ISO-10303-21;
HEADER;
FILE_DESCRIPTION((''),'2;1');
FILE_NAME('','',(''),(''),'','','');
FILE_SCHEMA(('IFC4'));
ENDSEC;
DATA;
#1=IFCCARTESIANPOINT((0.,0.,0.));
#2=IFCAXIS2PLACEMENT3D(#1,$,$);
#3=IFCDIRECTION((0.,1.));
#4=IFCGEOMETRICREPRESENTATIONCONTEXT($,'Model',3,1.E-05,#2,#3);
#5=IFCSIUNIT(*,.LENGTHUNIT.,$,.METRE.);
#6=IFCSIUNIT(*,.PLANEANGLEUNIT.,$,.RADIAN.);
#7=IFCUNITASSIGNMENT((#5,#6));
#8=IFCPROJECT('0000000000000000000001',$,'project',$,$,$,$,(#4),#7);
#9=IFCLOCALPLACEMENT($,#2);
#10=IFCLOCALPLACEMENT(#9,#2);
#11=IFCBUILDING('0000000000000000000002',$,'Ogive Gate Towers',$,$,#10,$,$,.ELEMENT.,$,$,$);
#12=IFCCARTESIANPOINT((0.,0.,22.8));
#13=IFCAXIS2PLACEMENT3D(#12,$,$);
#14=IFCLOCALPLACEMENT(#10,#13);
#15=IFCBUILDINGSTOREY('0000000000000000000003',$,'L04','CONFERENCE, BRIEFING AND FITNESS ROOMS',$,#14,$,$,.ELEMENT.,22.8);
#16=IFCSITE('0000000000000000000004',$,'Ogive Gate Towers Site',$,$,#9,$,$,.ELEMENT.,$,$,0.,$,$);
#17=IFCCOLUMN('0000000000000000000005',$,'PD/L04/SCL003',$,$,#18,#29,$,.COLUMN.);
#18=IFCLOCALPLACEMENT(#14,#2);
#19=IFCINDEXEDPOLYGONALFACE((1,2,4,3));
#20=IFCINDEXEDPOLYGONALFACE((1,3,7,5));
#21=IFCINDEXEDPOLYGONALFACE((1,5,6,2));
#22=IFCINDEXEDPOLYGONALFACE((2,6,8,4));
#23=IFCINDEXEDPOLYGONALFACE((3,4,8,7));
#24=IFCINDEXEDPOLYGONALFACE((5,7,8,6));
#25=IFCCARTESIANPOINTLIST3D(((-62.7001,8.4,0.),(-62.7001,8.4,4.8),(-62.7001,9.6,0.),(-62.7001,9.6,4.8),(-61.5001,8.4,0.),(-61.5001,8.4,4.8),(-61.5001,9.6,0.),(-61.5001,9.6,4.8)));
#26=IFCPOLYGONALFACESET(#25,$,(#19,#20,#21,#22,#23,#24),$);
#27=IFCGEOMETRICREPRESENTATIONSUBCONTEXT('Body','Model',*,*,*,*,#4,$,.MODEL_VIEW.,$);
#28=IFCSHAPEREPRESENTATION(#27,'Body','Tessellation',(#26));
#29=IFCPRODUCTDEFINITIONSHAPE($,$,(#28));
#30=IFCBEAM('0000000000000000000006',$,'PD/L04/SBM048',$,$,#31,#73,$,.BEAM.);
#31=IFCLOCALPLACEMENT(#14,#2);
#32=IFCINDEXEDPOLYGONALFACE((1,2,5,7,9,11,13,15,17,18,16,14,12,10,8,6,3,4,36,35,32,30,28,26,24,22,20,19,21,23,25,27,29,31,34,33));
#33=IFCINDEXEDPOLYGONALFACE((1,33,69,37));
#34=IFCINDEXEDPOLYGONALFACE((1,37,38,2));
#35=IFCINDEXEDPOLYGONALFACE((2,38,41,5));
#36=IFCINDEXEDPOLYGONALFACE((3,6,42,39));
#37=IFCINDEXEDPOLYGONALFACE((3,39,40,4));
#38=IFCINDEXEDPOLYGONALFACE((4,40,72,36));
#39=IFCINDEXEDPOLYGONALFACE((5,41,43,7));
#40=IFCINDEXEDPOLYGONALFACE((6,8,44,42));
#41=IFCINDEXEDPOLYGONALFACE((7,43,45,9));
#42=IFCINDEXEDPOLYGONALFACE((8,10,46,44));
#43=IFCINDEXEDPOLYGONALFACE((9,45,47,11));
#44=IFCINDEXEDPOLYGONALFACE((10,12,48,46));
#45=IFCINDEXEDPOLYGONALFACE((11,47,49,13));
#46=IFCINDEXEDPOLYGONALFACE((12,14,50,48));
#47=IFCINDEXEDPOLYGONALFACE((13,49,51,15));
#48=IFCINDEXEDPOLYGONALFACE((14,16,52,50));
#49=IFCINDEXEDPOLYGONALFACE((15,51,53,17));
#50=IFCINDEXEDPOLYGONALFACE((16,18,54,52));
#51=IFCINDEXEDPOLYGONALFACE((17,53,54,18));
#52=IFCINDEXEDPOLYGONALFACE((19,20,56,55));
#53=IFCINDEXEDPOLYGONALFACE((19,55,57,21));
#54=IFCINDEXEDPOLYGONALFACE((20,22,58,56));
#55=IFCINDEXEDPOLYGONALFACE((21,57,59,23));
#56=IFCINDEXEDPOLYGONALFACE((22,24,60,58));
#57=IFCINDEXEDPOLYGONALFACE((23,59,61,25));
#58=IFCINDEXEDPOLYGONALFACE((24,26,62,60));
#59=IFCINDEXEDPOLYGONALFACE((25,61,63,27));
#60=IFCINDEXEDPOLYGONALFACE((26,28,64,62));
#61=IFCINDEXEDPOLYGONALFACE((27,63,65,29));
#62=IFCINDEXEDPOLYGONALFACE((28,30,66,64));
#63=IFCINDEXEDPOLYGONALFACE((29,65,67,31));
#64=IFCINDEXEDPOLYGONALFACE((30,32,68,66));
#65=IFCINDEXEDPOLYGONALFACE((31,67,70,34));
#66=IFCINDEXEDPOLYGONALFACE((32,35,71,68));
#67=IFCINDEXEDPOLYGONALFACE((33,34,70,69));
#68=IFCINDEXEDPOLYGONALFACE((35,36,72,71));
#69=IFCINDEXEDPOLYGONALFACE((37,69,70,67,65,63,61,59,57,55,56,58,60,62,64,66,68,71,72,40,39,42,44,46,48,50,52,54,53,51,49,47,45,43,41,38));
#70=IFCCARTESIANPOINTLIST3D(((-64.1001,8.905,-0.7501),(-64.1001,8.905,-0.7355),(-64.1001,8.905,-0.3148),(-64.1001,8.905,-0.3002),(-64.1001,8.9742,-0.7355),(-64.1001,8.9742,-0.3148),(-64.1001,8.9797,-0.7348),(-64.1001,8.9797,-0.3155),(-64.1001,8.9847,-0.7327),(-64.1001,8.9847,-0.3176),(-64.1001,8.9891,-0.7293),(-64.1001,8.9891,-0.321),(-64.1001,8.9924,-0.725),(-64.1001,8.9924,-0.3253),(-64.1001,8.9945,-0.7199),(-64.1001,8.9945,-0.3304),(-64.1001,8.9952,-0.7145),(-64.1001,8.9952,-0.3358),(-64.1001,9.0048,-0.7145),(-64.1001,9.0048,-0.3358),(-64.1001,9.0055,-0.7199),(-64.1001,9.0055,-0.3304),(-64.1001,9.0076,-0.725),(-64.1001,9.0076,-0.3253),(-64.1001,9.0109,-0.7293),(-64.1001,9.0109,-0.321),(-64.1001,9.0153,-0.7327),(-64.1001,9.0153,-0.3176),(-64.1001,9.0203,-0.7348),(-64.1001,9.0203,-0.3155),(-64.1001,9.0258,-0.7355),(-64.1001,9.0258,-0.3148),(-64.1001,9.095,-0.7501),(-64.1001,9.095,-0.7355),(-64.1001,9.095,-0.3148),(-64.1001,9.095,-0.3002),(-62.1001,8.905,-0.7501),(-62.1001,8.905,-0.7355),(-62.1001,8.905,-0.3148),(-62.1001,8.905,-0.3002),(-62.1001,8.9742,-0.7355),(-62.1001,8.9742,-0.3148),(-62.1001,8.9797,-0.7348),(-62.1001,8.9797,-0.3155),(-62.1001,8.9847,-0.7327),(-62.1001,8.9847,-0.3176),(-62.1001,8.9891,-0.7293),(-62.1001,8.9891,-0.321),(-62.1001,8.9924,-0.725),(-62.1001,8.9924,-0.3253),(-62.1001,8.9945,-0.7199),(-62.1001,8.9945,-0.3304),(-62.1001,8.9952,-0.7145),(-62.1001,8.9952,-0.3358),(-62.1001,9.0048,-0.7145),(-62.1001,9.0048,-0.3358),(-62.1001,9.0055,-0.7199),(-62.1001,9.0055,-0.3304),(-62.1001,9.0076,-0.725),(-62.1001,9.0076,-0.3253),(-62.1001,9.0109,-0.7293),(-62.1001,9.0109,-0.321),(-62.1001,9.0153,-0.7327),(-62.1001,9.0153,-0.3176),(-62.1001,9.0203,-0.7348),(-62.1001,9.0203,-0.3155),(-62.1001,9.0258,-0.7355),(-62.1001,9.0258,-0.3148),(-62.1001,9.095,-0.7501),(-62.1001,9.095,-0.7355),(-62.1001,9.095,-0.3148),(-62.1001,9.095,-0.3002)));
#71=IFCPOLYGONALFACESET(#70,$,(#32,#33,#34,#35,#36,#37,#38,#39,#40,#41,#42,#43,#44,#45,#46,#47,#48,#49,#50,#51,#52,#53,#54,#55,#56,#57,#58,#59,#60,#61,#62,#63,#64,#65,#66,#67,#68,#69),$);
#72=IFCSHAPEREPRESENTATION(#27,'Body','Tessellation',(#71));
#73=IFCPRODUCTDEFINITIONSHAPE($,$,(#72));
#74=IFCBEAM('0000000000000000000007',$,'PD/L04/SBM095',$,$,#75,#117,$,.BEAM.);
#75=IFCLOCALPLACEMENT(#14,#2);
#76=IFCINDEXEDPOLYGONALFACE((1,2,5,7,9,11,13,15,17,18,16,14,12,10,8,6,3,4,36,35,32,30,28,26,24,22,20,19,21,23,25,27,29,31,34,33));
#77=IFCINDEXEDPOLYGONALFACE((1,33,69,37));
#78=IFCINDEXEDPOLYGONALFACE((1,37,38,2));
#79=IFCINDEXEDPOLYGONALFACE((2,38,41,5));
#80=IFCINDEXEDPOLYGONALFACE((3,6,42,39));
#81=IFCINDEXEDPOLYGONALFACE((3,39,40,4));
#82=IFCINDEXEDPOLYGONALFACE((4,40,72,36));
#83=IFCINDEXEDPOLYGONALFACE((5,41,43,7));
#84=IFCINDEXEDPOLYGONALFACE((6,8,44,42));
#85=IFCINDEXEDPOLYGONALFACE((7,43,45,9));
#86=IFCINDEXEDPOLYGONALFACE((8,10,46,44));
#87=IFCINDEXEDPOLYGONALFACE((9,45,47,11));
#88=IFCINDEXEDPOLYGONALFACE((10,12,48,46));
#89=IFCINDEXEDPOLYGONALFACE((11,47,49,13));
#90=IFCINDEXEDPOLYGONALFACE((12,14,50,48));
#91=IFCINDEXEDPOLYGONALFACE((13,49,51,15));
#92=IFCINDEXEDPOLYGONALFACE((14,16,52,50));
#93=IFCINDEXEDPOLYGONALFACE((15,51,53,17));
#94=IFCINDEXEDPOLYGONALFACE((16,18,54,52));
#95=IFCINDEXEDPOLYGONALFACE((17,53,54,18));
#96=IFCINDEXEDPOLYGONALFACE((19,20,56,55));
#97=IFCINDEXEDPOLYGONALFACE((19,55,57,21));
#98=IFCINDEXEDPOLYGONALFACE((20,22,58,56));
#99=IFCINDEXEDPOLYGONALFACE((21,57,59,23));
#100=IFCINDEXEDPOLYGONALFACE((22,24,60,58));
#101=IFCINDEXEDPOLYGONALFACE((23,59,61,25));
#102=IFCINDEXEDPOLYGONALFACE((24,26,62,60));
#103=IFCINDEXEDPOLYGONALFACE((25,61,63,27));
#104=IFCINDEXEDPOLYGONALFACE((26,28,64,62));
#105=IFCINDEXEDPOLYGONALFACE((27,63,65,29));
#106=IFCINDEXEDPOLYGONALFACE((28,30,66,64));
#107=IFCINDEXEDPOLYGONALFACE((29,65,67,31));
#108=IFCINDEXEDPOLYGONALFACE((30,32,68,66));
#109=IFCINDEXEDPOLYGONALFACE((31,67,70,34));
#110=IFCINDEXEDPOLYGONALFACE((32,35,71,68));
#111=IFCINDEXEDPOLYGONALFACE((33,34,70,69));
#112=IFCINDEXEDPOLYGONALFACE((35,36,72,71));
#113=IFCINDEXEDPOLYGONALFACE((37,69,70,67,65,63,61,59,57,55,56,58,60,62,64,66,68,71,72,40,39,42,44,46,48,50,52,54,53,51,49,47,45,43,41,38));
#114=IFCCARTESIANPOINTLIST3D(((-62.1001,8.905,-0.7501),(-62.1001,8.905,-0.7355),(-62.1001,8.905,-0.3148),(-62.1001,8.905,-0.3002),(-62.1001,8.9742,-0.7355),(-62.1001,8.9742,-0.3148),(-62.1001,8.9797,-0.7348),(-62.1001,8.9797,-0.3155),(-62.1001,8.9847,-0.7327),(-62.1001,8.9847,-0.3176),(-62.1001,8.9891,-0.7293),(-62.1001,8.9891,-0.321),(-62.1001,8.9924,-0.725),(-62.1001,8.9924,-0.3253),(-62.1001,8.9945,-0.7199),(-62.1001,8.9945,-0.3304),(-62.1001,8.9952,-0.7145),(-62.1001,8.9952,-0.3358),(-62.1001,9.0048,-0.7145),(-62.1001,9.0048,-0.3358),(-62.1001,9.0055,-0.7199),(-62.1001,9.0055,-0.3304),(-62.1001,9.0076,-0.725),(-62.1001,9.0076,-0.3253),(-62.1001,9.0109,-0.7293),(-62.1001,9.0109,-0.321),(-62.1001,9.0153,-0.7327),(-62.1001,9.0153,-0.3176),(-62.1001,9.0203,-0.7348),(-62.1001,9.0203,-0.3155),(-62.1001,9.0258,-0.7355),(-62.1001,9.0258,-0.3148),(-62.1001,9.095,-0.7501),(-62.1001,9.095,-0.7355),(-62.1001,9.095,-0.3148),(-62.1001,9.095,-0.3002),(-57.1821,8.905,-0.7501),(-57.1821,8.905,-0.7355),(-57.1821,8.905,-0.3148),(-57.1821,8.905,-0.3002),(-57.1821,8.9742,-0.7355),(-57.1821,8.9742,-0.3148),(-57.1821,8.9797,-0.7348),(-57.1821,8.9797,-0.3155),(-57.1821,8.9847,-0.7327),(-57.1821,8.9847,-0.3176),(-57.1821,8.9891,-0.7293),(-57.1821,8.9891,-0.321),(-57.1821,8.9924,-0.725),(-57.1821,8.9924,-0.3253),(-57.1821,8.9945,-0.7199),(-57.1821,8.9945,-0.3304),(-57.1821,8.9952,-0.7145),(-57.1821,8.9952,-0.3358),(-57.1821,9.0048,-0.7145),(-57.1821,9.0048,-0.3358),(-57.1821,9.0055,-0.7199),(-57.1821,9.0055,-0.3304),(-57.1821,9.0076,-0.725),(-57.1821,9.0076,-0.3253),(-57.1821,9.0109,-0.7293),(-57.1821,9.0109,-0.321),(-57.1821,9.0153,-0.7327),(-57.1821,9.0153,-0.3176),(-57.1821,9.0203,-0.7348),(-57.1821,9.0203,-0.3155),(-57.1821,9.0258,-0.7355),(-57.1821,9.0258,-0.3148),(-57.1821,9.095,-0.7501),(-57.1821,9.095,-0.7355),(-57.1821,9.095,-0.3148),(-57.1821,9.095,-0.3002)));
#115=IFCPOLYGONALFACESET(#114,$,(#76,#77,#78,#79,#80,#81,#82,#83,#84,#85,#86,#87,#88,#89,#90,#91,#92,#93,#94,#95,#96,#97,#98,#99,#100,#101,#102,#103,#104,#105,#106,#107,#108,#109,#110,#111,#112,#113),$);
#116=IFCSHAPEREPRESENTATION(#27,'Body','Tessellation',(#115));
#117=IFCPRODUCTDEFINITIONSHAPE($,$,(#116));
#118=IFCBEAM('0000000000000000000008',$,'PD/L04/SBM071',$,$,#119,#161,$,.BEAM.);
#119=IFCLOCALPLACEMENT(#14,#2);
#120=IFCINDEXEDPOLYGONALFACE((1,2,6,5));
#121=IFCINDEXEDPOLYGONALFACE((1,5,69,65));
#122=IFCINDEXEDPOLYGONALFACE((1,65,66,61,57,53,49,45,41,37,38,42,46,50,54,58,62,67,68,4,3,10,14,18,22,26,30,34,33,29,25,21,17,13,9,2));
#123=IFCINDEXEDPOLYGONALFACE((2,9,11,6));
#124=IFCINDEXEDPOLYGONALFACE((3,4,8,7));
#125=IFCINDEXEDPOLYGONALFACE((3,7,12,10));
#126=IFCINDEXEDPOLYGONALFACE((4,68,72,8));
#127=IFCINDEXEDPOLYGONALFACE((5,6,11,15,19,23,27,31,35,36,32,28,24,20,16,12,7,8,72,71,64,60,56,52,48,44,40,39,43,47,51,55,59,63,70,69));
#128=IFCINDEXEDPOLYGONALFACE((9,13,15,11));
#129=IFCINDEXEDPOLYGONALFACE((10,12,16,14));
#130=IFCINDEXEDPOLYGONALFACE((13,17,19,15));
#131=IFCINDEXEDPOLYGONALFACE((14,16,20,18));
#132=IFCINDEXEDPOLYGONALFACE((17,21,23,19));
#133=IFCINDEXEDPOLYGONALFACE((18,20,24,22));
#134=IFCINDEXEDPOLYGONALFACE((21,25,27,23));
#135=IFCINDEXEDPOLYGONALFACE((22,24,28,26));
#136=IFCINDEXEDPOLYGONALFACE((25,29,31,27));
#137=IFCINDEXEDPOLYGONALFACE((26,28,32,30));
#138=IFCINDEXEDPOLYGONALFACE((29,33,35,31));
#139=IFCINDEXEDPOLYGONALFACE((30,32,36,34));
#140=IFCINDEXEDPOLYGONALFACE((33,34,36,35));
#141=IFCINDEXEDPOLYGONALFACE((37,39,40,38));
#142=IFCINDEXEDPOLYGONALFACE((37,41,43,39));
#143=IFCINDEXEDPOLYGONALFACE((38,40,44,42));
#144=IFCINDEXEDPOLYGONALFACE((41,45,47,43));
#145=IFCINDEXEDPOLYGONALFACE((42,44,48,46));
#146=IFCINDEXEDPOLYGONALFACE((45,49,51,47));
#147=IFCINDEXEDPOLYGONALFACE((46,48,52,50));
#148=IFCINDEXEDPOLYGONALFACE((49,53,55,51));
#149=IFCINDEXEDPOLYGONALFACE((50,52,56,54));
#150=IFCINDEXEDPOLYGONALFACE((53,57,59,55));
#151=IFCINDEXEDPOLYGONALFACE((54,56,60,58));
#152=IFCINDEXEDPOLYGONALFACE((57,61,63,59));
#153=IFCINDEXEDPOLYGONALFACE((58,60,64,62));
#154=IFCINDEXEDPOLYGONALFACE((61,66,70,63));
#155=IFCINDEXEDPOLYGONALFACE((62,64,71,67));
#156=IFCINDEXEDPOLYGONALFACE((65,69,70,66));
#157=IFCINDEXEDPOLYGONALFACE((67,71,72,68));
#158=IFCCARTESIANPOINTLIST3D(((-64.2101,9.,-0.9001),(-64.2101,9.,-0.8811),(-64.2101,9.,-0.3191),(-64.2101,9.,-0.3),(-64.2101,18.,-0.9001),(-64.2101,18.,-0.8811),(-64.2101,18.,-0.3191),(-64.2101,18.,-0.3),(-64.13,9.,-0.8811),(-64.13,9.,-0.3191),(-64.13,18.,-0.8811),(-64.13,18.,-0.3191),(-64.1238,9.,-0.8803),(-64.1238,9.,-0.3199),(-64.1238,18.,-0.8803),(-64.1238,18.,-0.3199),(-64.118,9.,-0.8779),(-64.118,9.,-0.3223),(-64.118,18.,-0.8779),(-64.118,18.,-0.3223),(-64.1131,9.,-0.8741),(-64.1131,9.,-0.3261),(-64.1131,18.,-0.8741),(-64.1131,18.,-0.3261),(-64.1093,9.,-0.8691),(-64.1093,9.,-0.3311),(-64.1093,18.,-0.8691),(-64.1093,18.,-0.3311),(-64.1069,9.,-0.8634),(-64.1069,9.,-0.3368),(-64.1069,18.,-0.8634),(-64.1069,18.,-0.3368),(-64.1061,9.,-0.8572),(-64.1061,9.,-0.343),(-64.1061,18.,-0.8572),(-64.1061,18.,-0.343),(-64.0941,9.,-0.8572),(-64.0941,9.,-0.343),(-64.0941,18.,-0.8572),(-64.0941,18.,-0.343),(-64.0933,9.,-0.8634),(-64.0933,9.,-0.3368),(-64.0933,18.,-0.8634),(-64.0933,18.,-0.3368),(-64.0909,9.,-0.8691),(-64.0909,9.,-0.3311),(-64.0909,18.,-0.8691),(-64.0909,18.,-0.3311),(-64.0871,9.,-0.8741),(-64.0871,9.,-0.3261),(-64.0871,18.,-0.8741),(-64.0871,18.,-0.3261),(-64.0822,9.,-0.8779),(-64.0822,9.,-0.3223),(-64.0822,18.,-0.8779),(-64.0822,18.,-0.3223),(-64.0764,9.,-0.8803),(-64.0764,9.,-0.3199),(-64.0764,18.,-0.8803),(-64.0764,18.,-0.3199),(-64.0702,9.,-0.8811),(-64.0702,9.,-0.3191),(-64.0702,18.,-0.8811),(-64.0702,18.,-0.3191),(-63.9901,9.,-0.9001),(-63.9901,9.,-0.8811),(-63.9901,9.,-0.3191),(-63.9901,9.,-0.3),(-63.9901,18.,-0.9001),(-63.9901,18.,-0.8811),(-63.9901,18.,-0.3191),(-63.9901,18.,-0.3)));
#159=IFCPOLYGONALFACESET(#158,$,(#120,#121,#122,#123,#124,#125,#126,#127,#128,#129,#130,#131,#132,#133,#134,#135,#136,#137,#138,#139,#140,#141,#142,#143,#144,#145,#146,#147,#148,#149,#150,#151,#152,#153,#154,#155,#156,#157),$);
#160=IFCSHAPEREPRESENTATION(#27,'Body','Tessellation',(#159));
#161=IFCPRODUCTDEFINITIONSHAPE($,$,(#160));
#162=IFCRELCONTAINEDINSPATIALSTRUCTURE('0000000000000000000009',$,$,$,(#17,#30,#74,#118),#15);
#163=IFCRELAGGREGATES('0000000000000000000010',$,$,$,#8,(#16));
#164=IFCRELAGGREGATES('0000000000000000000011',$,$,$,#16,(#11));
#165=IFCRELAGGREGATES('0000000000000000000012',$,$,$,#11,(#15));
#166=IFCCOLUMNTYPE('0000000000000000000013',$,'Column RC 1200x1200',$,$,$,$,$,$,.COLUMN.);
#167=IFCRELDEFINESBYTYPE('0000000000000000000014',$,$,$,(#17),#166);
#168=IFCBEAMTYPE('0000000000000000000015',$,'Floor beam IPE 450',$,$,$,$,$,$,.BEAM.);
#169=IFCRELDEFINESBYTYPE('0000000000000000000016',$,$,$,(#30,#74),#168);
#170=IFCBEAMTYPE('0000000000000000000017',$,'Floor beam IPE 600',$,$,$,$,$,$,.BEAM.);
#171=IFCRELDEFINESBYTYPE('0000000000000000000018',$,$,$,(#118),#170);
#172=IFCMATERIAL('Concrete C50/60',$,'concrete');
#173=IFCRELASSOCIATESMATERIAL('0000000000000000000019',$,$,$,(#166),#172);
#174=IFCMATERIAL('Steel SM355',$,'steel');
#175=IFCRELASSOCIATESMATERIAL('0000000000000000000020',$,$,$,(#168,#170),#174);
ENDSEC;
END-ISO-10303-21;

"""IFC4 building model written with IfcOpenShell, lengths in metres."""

from ifc_helpers import new_model, si_unit, direction, frame, origin, origin_2d, place, context, subcontext, project, spatial, rectangle, i_section, extrude, material, material_profile, profile_set, type_object, element, save


model = new_model("IFC4")

# Units and contexts
model_context = context("Model", 3, precision=1e-05, world=origin(), true_north=direction((0.0, 1.0)))
body_context = subcontext(model_context, "Body", "Model", "MODEL_VIEW")
ifc_project = project(units=[si_unit("LENGTHUNIT", "METRE"), si_unit("PLANEANGLEUNIT", "RADIAN")], contexts=[model_context])

# Site, building, storey
site_placement = place(None, origin())
site = spatial("IfcSite", under=ifc_project, at=site_placement, Name="Ogive Gate Towers Site", CompositionType="ELEMENT", RefElevation=0.0)
building_placement = place(site_placement, origin())
building = spatial("IfcBuilding", under=site, at=building_placement, Name="Ogive Gate Towers", CompositionType="ELEMENT")
storey_placement = place(building_placement, frame((0.0, 0.0, 22.8)))
storey = spatial("IfcBuildingStorey", under=building, at=storey_placement, Name="L04", Description="CONFERENCE, BRIEFING AND FITNESS ROOMS", CompositionType="ELEMENT", Elevation=22.8)

# Column
ifc_material_1 = material(Name="Concrete C50/60", Category="concrete")
ifc_material_profile_1 = material_profile(ifc_material_1, rectangle(XDim=1.2, YDim=1.2, at=origin_2d()), Name="RC 1200x1200")
ifc_profile_set_1 = profile_set([ifc_material_profile_1], Name="Concrete C50/60")
column_type = type_object("IfcColumnType", Name="Column RC 1200x1200", PredefinedType="COLUMN", material=ifc_profile_set_1)
column_placement = place(storey_placement, frame((-62.1001, 9.0, 0.0), z_axis=(0.0, 0.0, 1.0), x_axis=(1.0, 0.0, 0.0)))
element("IfcColumn", 1, at=column_placement, inside=storey, type_object=column_type, Name="PD/L04/SCL003", PredefinedType="COLUMN", context=body_context, shape_type="SweptSolid", body=[
    extrude(rectangle(XDim=1.2, YDim=1.2, at=origin_2d()), origin(), (0.0, 0.0, 1.0), 4.8),
])

# Beams
ifc_material_2 = material(Name="Steel SM355", Category="steel")
ifc_material_profile_2 = material_profile(ifc_material_2, i_section(OverallWidth=0.1899, OverallDepth=0.45, WebThickness=0.0095, FlangeThickness=0.0146, FilletRadius=0.021, at=origin_2d()), Name="IPE 450")
ifc_profile_set_2 = profile_set([ifc_material_profile_2], Name="Steel SM355")
beam_type_1 = type_object("IfcBeamType", Name="Floor beam IPE 450", PredefinedType="BEAM", material=ifc_profile_set_2)
beam_1_placement = place(storey_placement, frame((-64.1001, 9.0, -0.5251), z_axis=(1.0, 0.0, 0.0), x_axis=(0.0, 1.0, 0.0)))
element("IfcBeam", 2, at=beam_1_placement, inside=storey, type_object=beam_type_1, Name="PD/L04/SBM048", PredefinedType="BEAM", context=body_context, shape_type="SweptSolid", body=[
    extrude(i_section(OverallWidth=0.1899, OverallDepth=0.45, WebThickness=0.0095, FlangeThickness=0.0146, FilletRadius=0.021, at=origin_2d()), origin(), (0.0, 0.0, 1.0), 2.0),
])
beam_2_placement = place(storey_placement, frame((-62.1001, 9.0, -0.5251), z_axis=(1.0, 0.0, 0.0), x_axis=(0.0, 1.0, 0.0)))
element("IfcBeam", 3, at=beam_2_placement, inside=storey, type_object=beam_type_1, Name="PD/L04/SBM095", PredefinedType="BEAM", context=body_context, shape_type="SweptSolid", body=[
    extrude(i_section(OverallWidth=0.1899, OverallDepth=0.45, WebThickness=0.0095, FlangeThickness=0.0146, FilletRadius=0.021, at=origin_2d()), origin(), (0.0, 0.0, 1.0), 4.918),
])
ifc_material_profile_3 = material_profile(ifc_material_2, i_section(OverallWidth=0.22, OverallDepth=0.6001, WebThickness=0.012, FlangeThickness=0.019, FilletRadius=0.0239, at=origin_2d()), Name="IPE 600")
ifc_profile_set_3 = profile_set([ifc_material_profile_3], Name="Steel SM355")
beam_type_2 = type_object("IfcBeamType", Name="Floor beam IPE 600", PredefinedType="BEAM", material=ifc_profile_set_3)
for number, where, z_axis, x_axis, name in (
    (4, (-64.1001, 9.0, -0.6001), (0.0, 1.0, 0.0), (-1.0, 0.0, 0.0), "PD/L04/SBM071"),
):
    element("IfcBeam", number, at=place(storey_placement, frame(where, z_axis=z_axis, x_axis=x_axis)), inside=storey, type_object=beam_type_2, Name=name, PredefinedType="BEAM", context=body_context, shape_type="SweptSolid", body=[
        extrude(i_section(OverallWidth=0.22, OverallDepth=0.6001, WebThickness=0.012, FlangeThickness=0.019, FilletRadius=0.0239, at=origin_2d()), origin(), (0.0, 0.0, 1.0), 9.0),
    ])

save(model, "model.ifc")
